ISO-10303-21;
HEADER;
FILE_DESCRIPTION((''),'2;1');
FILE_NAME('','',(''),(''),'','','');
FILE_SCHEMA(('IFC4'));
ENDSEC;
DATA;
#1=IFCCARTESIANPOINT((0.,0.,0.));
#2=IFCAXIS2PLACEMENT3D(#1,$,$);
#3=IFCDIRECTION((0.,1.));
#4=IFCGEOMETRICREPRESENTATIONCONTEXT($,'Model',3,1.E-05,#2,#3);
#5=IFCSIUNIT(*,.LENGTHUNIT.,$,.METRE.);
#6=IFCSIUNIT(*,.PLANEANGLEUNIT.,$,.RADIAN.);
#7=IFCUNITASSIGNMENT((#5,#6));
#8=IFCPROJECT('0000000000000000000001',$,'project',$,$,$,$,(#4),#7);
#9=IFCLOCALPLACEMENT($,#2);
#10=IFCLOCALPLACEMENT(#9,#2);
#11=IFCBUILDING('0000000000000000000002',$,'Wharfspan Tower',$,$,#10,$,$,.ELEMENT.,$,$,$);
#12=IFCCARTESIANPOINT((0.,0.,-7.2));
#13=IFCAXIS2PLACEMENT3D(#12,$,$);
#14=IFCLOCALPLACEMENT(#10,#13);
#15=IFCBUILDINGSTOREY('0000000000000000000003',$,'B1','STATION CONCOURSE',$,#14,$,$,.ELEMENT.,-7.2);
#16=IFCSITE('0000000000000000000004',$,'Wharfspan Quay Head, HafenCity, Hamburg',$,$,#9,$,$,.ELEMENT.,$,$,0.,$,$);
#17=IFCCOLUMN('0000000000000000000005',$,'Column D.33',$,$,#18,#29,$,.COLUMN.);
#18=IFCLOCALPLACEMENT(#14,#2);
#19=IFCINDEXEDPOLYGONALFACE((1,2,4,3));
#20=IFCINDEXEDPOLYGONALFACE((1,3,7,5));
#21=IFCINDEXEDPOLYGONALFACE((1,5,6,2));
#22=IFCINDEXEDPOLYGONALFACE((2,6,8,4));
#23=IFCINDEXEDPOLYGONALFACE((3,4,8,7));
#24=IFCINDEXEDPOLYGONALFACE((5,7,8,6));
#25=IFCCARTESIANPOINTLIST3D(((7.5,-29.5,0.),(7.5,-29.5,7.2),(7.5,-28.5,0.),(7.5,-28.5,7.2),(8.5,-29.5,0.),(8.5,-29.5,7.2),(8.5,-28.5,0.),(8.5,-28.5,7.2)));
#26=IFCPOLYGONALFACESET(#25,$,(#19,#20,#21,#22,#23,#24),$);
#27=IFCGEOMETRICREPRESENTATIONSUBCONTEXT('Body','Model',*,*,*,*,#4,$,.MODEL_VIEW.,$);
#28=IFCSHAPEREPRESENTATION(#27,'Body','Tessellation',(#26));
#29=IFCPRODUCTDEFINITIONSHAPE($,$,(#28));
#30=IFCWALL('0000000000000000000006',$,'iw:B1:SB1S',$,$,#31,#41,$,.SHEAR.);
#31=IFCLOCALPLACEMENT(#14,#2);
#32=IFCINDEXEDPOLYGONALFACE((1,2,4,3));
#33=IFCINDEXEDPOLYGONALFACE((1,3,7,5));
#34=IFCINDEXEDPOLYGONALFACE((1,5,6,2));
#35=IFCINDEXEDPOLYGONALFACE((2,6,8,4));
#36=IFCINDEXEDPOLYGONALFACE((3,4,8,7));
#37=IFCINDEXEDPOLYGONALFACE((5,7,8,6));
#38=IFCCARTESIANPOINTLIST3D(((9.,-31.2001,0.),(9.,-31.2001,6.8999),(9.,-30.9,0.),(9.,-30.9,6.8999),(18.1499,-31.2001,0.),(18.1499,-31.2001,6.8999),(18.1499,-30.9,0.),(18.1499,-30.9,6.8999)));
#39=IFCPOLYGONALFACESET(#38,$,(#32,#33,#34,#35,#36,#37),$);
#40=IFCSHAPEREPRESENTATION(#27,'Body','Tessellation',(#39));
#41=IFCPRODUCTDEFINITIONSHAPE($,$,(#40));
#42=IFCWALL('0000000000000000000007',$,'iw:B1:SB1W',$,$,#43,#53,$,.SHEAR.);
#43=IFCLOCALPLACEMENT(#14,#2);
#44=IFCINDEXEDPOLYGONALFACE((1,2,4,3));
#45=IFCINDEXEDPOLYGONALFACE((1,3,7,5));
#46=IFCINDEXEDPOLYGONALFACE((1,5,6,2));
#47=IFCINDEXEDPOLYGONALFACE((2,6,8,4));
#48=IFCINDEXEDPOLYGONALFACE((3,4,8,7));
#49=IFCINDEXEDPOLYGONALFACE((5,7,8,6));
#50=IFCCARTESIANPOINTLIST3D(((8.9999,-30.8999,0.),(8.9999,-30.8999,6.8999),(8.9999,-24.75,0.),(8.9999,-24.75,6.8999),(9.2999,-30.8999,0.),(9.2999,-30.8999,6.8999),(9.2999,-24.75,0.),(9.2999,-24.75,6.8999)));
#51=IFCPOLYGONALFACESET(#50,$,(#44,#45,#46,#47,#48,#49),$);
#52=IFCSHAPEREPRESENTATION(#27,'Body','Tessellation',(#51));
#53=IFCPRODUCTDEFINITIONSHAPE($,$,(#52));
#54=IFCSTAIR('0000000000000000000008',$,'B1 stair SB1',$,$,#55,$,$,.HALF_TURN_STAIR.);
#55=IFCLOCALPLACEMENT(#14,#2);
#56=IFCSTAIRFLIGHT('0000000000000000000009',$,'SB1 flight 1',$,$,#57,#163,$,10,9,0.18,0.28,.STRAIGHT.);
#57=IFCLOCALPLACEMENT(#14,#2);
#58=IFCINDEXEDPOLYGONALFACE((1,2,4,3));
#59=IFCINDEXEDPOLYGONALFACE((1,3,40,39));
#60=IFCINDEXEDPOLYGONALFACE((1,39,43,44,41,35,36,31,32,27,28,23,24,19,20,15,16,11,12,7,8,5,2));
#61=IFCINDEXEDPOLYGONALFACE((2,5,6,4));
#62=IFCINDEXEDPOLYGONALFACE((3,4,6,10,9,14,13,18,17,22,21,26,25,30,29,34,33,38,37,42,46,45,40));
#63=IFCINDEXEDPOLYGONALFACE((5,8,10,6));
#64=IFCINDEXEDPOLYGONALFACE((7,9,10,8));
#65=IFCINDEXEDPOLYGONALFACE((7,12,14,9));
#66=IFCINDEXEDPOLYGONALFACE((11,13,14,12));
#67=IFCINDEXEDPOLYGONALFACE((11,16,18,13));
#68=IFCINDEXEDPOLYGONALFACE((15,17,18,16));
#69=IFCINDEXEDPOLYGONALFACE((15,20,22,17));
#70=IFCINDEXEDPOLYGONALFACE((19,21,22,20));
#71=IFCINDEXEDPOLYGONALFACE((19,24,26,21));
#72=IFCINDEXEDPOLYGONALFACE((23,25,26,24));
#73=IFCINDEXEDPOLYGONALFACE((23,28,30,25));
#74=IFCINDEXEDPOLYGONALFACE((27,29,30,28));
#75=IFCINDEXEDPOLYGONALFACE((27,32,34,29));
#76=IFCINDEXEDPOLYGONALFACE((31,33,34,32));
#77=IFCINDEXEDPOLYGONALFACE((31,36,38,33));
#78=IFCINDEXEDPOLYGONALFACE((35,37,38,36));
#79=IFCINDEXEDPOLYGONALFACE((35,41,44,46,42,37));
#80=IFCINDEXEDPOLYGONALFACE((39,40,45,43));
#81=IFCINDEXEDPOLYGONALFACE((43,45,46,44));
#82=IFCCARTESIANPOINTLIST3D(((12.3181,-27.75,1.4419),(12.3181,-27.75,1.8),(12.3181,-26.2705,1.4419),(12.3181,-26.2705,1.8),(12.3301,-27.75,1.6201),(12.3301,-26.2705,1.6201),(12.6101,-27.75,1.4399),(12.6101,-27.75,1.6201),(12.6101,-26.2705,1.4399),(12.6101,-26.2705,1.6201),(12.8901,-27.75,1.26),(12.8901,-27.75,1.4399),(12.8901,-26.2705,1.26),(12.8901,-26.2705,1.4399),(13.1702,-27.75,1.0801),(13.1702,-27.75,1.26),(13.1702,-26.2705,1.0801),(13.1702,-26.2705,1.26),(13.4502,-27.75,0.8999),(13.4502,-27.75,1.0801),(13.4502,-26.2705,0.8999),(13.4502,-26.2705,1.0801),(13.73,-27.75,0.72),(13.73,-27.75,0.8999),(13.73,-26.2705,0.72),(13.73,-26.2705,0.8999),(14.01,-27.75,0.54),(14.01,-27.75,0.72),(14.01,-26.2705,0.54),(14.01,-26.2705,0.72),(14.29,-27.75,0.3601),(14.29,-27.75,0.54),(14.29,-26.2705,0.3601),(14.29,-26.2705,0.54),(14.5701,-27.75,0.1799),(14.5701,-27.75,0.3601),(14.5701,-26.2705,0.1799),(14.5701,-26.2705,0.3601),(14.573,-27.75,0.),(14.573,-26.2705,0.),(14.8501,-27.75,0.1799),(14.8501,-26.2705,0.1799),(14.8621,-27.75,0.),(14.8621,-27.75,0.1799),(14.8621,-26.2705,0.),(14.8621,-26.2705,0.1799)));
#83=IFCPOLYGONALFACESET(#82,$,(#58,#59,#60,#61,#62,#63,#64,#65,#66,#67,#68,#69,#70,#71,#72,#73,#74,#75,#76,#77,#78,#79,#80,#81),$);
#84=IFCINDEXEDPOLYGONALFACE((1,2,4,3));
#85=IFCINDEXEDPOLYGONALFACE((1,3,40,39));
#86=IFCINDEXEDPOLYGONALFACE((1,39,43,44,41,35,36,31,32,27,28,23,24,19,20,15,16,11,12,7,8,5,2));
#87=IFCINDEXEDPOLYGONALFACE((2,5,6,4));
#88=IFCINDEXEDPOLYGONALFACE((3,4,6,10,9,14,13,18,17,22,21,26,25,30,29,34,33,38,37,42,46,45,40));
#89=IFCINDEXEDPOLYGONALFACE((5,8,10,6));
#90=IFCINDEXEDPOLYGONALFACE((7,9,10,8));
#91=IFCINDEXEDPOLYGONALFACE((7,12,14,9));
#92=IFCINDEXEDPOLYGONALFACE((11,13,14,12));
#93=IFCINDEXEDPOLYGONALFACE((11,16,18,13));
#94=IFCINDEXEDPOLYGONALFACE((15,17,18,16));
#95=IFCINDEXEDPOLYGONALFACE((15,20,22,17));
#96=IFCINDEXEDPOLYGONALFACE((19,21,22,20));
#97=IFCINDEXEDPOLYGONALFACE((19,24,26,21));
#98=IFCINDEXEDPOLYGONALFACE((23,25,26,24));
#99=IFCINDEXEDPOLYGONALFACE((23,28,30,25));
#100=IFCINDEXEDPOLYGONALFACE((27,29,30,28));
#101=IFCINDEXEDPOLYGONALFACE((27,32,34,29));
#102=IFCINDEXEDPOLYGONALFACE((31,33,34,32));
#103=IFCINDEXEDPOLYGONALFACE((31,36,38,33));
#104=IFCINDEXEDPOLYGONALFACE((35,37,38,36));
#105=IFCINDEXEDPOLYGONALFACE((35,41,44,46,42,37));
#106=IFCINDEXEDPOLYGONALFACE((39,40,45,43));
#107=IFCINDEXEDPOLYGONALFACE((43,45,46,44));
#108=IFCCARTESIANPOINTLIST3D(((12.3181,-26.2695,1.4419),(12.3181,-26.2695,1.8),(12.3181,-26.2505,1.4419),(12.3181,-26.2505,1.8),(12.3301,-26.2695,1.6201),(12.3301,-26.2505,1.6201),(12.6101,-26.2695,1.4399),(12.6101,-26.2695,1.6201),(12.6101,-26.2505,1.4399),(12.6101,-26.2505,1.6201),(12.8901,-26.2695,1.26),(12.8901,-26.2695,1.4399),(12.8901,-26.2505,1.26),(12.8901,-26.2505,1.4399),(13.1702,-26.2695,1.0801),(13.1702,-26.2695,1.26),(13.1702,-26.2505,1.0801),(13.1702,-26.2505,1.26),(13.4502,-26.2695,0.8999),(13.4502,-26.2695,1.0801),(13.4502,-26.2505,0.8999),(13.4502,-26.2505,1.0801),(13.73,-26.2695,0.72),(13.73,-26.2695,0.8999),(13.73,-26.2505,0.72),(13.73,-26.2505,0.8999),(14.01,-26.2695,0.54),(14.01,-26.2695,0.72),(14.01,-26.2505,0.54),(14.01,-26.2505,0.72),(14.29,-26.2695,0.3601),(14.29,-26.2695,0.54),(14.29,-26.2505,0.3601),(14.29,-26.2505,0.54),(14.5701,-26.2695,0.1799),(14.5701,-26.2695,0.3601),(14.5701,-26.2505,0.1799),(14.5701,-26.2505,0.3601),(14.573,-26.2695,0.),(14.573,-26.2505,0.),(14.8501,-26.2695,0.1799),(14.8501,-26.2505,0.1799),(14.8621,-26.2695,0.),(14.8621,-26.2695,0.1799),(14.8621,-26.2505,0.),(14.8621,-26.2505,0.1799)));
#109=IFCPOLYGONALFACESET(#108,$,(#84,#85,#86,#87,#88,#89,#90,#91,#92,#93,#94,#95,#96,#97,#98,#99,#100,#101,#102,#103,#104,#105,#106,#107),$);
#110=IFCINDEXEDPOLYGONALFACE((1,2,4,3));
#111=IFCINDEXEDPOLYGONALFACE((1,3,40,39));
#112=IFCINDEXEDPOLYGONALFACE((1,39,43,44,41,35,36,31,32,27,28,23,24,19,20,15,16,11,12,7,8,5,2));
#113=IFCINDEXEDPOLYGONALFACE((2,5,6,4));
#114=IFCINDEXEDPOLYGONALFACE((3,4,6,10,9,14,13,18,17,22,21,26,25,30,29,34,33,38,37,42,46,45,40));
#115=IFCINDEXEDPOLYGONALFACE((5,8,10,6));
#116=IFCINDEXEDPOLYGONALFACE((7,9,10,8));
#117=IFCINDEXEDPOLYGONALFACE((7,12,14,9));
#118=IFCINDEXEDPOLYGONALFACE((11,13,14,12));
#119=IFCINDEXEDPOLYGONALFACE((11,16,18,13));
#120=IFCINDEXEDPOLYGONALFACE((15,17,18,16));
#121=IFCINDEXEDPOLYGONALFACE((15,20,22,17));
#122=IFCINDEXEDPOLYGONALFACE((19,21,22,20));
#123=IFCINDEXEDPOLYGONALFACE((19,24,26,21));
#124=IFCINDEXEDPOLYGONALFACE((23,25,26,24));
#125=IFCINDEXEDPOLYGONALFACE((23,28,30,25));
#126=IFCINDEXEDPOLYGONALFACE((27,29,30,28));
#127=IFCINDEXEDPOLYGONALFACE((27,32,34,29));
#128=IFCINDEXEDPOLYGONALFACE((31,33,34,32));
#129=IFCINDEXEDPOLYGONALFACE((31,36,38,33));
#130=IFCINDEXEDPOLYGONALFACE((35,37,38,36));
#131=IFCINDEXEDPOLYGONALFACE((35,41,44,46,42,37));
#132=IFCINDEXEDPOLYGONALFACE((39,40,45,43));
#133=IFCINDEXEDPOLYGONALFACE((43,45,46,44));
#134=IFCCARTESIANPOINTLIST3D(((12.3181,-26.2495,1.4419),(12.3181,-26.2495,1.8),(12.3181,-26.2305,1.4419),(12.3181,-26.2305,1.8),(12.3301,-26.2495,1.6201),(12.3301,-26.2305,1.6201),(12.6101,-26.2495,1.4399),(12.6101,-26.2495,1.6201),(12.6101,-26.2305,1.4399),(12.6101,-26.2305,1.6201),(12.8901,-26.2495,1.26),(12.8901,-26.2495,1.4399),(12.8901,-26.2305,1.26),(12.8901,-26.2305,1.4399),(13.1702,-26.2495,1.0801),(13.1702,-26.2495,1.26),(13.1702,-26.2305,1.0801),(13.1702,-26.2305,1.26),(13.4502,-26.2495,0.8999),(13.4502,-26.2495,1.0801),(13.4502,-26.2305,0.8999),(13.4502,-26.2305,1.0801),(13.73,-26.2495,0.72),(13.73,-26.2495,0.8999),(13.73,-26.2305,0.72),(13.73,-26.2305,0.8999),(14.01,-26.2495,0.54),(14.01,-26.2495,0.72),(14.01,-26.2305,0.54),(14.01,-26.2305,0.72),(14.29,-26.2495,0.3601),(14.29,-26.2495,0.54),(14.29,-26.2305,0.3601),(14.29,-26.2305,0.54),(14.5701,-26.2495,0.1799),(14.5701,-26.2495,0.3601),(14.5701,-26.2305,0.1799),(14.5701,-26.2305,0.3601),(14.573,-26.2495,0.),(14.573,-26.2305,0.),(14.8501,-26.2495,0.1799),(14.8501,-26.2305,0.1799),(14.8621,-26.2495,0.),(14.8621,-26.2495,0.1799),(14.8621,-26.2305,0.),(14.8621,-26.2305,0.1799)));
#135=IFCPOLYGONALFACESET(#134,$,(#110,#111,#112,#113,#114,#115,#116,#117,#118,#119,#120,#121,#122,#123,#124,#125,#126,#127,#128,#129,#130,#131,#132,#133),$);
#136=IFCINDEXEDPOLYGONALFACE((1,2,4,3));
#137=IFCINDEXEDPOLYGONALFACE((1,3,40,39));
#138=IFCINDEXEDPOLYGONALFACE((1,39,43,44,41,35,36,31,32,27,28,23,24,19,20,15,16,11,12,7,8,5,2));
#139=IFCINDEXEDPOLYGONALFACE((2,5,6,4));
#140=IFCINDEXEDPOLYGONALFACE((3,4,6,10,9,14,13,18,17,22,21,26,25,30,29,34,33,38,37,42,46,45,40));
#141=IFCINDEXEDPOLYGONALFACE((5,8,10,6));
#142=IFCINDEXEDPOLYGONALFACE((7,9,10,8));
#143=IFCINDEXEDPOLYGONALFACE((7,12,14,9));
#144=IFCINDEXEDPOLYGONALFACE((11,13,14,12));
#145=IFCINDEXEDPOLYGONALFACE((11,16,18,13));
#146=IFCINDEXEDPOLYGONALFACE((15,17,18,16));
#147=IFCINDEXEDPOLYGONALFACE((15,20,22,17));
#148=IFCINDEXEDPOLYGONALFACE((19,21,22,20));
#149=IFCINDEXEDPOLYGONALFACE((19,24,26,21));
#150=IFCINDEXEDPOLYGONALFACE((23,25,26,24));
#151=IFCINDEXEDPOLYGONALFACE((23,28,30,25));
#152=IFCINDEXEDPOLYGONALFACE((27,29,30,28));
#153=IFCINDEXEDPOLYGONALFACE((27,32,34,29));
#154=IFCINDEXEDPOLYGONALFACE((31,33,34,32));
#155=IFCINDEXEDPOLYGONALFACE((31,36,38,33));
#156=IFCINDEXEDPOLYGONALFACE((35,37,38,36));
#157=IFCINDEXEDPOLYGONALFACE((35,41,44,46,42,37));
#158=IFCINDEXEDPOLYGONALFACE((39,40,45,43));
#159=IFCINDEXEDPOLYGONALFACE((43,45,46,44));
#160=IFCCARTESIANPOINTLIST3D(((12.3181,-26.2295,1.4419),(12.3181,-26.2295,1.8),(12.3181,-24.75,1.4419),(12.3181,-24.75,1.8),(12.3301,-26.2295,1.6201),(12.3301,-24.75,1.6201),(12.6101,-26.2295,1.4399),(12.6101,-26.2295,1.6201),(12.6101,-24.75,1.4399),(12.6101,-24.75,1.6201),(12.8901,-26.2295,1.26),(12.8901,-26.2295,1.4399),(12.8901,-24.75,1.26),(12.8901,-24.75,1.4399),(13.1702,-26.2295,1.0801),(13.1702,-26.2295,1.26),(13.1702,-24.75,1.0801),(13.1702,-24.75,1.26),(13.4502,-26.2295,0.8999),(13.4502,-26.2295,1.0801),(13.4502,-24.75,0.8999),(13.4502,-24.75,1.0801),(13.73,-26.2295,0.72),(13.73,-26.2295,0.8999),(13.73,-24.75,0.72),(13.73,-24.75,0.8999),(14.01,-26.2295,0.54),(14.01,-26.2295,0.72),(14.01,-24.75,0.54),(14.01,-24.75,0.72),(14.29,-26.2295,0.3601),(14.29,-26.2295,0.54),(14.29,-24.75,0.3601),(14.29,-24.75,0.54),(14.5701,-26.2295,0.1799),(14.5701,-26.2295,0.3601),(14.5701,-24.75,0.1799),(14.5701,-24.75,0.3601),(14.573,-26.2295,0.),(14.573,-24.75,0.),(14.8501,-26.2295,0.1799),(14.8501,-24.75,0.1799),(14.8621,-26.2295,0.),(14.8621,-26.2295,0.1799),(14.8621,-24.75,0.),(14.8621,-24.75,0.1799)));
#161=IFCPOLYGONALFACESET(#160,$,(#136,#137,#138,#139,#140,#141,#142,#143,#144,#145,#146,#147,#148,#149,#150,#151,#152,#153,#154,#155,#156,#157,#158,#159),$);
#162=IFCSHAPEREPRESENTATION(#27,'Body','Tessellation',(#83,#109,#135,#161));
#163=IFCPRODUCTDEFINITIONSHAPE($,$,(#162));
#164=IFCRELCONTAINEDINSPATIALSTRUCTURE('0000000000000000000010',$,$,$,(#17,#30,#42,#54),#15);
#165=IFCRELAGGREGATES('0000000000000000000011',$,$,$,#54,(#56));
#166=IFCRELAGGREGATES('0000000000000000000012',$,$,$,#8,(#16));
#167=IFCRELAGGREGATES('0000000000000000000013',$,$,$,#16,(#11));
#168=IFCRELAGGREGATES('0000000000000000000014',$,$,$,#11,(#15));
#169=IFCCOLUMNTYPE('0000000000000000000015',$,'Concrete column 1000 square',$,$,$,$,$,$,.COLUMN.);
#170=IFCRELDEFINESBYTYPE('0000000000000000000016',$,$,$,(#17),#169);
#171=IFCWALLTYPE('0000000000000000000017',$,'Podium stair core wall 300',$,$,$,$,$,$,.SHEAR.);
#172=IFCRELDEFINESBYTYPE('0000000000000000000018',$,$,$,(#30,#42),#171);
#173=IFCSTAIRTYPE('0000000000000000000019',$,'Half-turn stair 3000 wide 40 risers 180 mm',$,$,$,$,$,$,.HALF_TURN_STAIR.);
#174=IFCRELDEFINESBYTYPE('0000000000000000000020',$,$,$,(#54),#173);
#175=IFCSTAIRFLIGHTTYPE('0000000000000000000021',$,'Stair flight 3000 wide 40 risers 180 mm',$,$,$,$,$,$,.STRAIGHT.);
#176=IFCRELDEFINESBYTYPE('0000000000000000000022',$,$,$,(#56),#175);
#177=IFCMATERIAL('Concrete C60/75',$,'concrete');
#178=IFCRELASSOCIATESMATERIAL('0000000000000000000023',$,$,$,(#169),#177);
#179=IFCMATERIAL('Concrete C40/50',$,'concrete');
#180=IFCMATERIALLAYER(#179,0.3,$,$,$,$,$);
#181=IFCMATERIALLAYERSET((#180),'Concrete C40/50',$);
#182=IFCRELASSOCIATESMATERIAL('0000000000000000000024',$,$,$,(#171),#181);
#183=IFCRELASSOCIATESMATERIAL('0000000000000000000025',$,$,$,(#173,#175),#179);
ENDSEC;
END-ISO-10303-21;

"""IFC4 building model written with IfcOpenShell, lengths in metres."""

from ifc_helpers import new_model, si_unit, direction, frame, frame_2d, origin, origin_2d, place, context, subcontext, project, spatial, polyline, rectangle, outline, extrude, material, layer, layer_set, material_profile, profile_set, type_object, element, aggregate, save


model = new_model("IFC4")

# Units and contexts
model_context = context("Model", 3, precision=1e-05, world=origin(), true_north=direction((0.0, 1.0)))
body_context = subcontext(model_context, "Body", "Model", "MODEL_VIEW")
ifc_project = project(units=[si_unit("LENGTHUNIT", "METRE"), si_unit("PLANEANGLEUNIT", "RADIAN")], contexts=[model_context])

# Site, building, storey
site_placement = place(None, origin())
site = spatial("IfcSite", under=ifc_project, at=site_placement, Name="Wharfspan Quay Head, HafenCity, Hamburg", CompositionType="ELEMENT", RefElevation=0.0)
building_placement = place(site_placement, origin())
building = spatial("IfcBuilding", under=site, at=building_placement, Name="Wharfspan Tower", CompositionType="ELEMENT")
storey_placement = place(building_placement, frame((0.0, 0.0, -7.2)))
storey = spatial("IfcBuildingStorey", under=building, at=storey_placement, Name="B1", Description="STATION CONCOURSE", CompositionType="ELEMENT", Elevation=-7.2)

# Column
ifc_material_1 = material(Name="Concrete C60/75", Category="concrete")
ifc_material_profile = material_profile(ifc_material_1, rectangle(XDim=1.0, YDim=1.0, at=origin_2d()))
ifc_profile_set = profile_set([ifc_material_profile], Name="Concrete C60/75")
column_type = type_object("IfcColumnType", Name="Concrete column 1000 square", PredefinedType="COLUMN", material=ifc_profile_set)
column_placement = place(storey_placement, frame((8.0, -29.0, 0.0), z_axis=(0.0, 0.0, 1.0), x_axis=(1.0, 0.0, 0.0)))
element("IfcColumn", 1, at=column_placement, inside=storey, type_object=column_type, Name="Column D.33", PredefinedType="COLUMN", context=body_context, shape_type="SweptSolid", body=[
    extrude(rectangle(XDim=1.0, YDim=1.0, at=origin_2d()), origin(), (0.0, 0.0, 1.0), 7.2),
])

# Walls
ifc_material_2 = material(Name="Concrete C40/50", Category="concrete")
ifc_layer = layer(ifc_material_2, 0.3)
ifc_layer_set = layer_set([ifc_layer], Name="Concrete C40/50")
wall_type = type_object("IfcWallType", Name="Podium stair core wall 300", PredefinedType="SHEAR", material=ifc_layer_set)
wall_1_placement = place(storey_placement, frame((9.0, -31.05, 0.0), z_axis=(0.0, 0.0, 1.0), x_axis=(1.0, 0.0, 0.0)))
element("IfcWall", 2, at=wall_1_placement, inside=storey, type_object=wall_type, Name="iw:B1:SB1S", PredefinedType="SHEAR", context=body_context, shape_type="SweptSolid", body=[
    extrude(rectangle(XDim=9.1499, YDim=0.3, at=frame_2d((4.575, 0.0))), origin(), (0.0, 0.0, 1.0), 6.8999),
])
wall_2_placement = place(storey_placement, frame((9.1499, -30.8999, 0.0), z_axis=(0.0, 0.0, 1.0), x_axis=(0.0, 1.0, 0.0)))
element("IfcWall", 3, at=wall_2_placement, inside=storey, type_object=wall_type, Name="iw:B1:SB1W", PredefinedType="SHEAR", context=body_context, shape_type="SweptSolid", body=[
    extrude(rectangle(XDim=6.1499, YDim=0.3, at=frame_2d((3.075, 0.0))), origin(), (0.0, 0.0, 1.0), 6.8999),
])

# Stair, stair flight
stair_type = type_object("IfcStairType", Name="Half-turn stair 3000 wide 40 risers 180 mm", PredefinedType="HALF_TURN_STAIR", material=ifc_material_2)
stair_placement = place(storey_placement, origin())
stair = element("IfcStair", 4, at=stair_placement, inside=storey, type_object=stair_type, Name="B1 stair SB1", PredefinedType="HALF_TURN_STAIR")
stair_flight_type = type_object("IfcStairFlightType", Name="Stair flight 3000 wide 40 risers 180 mm", PredefinedType="STRAIGHT", material=ifc_material_2)
stair_flight_1_placement = place(storey_placement, frame((14.8501, -26.25, 0.0), z_axis=(0.0, 0.0, 1.0), x_axis=(-1.0, 0.0, 0.0)))
stair_flight_1 = element("IfcStairFlight", 5, at=stair_flight_1_placement, type_object=stair_flight_type, Name="SB1 flight 1", NumberOfRisers=10, NumberOfTreads=9, PredefinedType="STRAIGHT", RiserHeight=0.18, TreadLength=0.28, context=body_context, shape_type="SweptSolid", body=[
    extrude(outline(polyline([(-0.012, 0.0), (-0.012, 0.1799), (0.0, 0.1799), (0.28, 0.1799), (0.28, 0.3601), (0.5601, 0.3601), (0.5601, 0.54), (0.8401, 0.54), (0.8401, 0.72), (1.1201, 0.72), (1.1201, 0.8999), (1.3999, 0.8999), (1.3999, 1.0801), (1.6799, 1.0801), (1.6799, 1.26), (1.96, 1.26), (1.96, 1.4399), (2.24, 1.4399), (2.24, 1.6201), (2.52, 1.6201), (2.532, 1.8), (2.532, 1.4419), (0.2771, 0.0), (-0.012, 0.0)])), frame((0.0, 1.5, 0.0), z_axis=(0.0, -1.0, 0.0), x_axis=(1.0, 0.0, 0.0)), (0.0, 0.0, 1.0), 1.4795),
    extrude(outline(polyline([(-0.012, 0.0), (-0.012, 0.1799), (0.0, 0.1799), (0.28, 0.1799), (0.28, 0.3601), (0.5601, 0.3601), (0.5601, 0.54), (0.8401, 0.54), (0.8401, 0.72), (1.1201, 0.72), (1.1201, 0.8999), (1.3999, 0.8999), (1.3999, 1.0801), (1.6799, 1.0801), (1.6799, 1.26), (1.96, 1.26), (1.96, 1.4399), (2.24, 1.4399), (2.24, 1.6201), (2.52, 1.6201), (2.532, 1.8), (2.532, 1.4419), (0.2771, 0.0), (-0.012, 0.0)])), frame((0.0, 0.0195, 0.0), z_axis=(0.0, -1.0, 0.0), x_axis=(1.0, 0.0, 0.0)), (0.0, 0.0, 1.0), 0.019),
    extrude(outline(polyline([(-0.012, 0.0), (-0.012, 0.1799), (0.0, 0.1799), (0.28, 0.1799), (0.28, 0.3601), (0.5601, 0.3601), (0.5601, 0.54), (0.8401, 0.54), (0.8401, 0.72), (1.1201, 0.72), (1.1201, 0.8999), (1.3999, 0.8999), (1.3999, 1.0801), (1.6799, 1.0801), (1.6799, 1.26), (1.96, 1.26), (1.96, 1.4399), (2.24, 1.4399), (2.24, 1.6201), (2.52, 1.6201), (2.532, 1.8), (2.532, 1.4419), (0.2771, 0.0), (-0.012, 0.0)])), frame((0.0, -0.0005, 0.0), z_axis=(0.0, -1.0, 0.0), x_axis=(1.0, 0.0, 0.0)), (0.0, 0.0, 1.0), 0.019),
    extrude(outline(polyline([(-0.012, 0.0), (-0.012, 0.1799), (0.0, 0.1799), (0.28, 0.1799), (0.28, 0.3601), (0.5601, 0.3601), (0.5601, 0.54), (0.8401, 0.54), (0.8401, 0.72), (1.1201, 0.72), (1.1201, 0.8999), (1.3999, 0.8999), (1.3999, 1.0801), (1.6799, 1.0801), (1.6799, 1.26), (1.96, 1.26), (1.96, 1.4399), (2.24, 1.4399), (2.24, 1.6201), (2.52, 1.6201), (2.532, 1.8), (2.532, 1.4419), (0.2771, 0.0), (-0.012, 0.0)])), frame((0.0, -0.0205, 0.0), z_axis=(0.0, -1.0, 0.0), x_axis=(1.0, 0.0, 0.0)), (0.0, 0.0, 1.0), 1.4795),
])
aggregate(stair, [stair_flight_1])

save(model, "model.ifc")
